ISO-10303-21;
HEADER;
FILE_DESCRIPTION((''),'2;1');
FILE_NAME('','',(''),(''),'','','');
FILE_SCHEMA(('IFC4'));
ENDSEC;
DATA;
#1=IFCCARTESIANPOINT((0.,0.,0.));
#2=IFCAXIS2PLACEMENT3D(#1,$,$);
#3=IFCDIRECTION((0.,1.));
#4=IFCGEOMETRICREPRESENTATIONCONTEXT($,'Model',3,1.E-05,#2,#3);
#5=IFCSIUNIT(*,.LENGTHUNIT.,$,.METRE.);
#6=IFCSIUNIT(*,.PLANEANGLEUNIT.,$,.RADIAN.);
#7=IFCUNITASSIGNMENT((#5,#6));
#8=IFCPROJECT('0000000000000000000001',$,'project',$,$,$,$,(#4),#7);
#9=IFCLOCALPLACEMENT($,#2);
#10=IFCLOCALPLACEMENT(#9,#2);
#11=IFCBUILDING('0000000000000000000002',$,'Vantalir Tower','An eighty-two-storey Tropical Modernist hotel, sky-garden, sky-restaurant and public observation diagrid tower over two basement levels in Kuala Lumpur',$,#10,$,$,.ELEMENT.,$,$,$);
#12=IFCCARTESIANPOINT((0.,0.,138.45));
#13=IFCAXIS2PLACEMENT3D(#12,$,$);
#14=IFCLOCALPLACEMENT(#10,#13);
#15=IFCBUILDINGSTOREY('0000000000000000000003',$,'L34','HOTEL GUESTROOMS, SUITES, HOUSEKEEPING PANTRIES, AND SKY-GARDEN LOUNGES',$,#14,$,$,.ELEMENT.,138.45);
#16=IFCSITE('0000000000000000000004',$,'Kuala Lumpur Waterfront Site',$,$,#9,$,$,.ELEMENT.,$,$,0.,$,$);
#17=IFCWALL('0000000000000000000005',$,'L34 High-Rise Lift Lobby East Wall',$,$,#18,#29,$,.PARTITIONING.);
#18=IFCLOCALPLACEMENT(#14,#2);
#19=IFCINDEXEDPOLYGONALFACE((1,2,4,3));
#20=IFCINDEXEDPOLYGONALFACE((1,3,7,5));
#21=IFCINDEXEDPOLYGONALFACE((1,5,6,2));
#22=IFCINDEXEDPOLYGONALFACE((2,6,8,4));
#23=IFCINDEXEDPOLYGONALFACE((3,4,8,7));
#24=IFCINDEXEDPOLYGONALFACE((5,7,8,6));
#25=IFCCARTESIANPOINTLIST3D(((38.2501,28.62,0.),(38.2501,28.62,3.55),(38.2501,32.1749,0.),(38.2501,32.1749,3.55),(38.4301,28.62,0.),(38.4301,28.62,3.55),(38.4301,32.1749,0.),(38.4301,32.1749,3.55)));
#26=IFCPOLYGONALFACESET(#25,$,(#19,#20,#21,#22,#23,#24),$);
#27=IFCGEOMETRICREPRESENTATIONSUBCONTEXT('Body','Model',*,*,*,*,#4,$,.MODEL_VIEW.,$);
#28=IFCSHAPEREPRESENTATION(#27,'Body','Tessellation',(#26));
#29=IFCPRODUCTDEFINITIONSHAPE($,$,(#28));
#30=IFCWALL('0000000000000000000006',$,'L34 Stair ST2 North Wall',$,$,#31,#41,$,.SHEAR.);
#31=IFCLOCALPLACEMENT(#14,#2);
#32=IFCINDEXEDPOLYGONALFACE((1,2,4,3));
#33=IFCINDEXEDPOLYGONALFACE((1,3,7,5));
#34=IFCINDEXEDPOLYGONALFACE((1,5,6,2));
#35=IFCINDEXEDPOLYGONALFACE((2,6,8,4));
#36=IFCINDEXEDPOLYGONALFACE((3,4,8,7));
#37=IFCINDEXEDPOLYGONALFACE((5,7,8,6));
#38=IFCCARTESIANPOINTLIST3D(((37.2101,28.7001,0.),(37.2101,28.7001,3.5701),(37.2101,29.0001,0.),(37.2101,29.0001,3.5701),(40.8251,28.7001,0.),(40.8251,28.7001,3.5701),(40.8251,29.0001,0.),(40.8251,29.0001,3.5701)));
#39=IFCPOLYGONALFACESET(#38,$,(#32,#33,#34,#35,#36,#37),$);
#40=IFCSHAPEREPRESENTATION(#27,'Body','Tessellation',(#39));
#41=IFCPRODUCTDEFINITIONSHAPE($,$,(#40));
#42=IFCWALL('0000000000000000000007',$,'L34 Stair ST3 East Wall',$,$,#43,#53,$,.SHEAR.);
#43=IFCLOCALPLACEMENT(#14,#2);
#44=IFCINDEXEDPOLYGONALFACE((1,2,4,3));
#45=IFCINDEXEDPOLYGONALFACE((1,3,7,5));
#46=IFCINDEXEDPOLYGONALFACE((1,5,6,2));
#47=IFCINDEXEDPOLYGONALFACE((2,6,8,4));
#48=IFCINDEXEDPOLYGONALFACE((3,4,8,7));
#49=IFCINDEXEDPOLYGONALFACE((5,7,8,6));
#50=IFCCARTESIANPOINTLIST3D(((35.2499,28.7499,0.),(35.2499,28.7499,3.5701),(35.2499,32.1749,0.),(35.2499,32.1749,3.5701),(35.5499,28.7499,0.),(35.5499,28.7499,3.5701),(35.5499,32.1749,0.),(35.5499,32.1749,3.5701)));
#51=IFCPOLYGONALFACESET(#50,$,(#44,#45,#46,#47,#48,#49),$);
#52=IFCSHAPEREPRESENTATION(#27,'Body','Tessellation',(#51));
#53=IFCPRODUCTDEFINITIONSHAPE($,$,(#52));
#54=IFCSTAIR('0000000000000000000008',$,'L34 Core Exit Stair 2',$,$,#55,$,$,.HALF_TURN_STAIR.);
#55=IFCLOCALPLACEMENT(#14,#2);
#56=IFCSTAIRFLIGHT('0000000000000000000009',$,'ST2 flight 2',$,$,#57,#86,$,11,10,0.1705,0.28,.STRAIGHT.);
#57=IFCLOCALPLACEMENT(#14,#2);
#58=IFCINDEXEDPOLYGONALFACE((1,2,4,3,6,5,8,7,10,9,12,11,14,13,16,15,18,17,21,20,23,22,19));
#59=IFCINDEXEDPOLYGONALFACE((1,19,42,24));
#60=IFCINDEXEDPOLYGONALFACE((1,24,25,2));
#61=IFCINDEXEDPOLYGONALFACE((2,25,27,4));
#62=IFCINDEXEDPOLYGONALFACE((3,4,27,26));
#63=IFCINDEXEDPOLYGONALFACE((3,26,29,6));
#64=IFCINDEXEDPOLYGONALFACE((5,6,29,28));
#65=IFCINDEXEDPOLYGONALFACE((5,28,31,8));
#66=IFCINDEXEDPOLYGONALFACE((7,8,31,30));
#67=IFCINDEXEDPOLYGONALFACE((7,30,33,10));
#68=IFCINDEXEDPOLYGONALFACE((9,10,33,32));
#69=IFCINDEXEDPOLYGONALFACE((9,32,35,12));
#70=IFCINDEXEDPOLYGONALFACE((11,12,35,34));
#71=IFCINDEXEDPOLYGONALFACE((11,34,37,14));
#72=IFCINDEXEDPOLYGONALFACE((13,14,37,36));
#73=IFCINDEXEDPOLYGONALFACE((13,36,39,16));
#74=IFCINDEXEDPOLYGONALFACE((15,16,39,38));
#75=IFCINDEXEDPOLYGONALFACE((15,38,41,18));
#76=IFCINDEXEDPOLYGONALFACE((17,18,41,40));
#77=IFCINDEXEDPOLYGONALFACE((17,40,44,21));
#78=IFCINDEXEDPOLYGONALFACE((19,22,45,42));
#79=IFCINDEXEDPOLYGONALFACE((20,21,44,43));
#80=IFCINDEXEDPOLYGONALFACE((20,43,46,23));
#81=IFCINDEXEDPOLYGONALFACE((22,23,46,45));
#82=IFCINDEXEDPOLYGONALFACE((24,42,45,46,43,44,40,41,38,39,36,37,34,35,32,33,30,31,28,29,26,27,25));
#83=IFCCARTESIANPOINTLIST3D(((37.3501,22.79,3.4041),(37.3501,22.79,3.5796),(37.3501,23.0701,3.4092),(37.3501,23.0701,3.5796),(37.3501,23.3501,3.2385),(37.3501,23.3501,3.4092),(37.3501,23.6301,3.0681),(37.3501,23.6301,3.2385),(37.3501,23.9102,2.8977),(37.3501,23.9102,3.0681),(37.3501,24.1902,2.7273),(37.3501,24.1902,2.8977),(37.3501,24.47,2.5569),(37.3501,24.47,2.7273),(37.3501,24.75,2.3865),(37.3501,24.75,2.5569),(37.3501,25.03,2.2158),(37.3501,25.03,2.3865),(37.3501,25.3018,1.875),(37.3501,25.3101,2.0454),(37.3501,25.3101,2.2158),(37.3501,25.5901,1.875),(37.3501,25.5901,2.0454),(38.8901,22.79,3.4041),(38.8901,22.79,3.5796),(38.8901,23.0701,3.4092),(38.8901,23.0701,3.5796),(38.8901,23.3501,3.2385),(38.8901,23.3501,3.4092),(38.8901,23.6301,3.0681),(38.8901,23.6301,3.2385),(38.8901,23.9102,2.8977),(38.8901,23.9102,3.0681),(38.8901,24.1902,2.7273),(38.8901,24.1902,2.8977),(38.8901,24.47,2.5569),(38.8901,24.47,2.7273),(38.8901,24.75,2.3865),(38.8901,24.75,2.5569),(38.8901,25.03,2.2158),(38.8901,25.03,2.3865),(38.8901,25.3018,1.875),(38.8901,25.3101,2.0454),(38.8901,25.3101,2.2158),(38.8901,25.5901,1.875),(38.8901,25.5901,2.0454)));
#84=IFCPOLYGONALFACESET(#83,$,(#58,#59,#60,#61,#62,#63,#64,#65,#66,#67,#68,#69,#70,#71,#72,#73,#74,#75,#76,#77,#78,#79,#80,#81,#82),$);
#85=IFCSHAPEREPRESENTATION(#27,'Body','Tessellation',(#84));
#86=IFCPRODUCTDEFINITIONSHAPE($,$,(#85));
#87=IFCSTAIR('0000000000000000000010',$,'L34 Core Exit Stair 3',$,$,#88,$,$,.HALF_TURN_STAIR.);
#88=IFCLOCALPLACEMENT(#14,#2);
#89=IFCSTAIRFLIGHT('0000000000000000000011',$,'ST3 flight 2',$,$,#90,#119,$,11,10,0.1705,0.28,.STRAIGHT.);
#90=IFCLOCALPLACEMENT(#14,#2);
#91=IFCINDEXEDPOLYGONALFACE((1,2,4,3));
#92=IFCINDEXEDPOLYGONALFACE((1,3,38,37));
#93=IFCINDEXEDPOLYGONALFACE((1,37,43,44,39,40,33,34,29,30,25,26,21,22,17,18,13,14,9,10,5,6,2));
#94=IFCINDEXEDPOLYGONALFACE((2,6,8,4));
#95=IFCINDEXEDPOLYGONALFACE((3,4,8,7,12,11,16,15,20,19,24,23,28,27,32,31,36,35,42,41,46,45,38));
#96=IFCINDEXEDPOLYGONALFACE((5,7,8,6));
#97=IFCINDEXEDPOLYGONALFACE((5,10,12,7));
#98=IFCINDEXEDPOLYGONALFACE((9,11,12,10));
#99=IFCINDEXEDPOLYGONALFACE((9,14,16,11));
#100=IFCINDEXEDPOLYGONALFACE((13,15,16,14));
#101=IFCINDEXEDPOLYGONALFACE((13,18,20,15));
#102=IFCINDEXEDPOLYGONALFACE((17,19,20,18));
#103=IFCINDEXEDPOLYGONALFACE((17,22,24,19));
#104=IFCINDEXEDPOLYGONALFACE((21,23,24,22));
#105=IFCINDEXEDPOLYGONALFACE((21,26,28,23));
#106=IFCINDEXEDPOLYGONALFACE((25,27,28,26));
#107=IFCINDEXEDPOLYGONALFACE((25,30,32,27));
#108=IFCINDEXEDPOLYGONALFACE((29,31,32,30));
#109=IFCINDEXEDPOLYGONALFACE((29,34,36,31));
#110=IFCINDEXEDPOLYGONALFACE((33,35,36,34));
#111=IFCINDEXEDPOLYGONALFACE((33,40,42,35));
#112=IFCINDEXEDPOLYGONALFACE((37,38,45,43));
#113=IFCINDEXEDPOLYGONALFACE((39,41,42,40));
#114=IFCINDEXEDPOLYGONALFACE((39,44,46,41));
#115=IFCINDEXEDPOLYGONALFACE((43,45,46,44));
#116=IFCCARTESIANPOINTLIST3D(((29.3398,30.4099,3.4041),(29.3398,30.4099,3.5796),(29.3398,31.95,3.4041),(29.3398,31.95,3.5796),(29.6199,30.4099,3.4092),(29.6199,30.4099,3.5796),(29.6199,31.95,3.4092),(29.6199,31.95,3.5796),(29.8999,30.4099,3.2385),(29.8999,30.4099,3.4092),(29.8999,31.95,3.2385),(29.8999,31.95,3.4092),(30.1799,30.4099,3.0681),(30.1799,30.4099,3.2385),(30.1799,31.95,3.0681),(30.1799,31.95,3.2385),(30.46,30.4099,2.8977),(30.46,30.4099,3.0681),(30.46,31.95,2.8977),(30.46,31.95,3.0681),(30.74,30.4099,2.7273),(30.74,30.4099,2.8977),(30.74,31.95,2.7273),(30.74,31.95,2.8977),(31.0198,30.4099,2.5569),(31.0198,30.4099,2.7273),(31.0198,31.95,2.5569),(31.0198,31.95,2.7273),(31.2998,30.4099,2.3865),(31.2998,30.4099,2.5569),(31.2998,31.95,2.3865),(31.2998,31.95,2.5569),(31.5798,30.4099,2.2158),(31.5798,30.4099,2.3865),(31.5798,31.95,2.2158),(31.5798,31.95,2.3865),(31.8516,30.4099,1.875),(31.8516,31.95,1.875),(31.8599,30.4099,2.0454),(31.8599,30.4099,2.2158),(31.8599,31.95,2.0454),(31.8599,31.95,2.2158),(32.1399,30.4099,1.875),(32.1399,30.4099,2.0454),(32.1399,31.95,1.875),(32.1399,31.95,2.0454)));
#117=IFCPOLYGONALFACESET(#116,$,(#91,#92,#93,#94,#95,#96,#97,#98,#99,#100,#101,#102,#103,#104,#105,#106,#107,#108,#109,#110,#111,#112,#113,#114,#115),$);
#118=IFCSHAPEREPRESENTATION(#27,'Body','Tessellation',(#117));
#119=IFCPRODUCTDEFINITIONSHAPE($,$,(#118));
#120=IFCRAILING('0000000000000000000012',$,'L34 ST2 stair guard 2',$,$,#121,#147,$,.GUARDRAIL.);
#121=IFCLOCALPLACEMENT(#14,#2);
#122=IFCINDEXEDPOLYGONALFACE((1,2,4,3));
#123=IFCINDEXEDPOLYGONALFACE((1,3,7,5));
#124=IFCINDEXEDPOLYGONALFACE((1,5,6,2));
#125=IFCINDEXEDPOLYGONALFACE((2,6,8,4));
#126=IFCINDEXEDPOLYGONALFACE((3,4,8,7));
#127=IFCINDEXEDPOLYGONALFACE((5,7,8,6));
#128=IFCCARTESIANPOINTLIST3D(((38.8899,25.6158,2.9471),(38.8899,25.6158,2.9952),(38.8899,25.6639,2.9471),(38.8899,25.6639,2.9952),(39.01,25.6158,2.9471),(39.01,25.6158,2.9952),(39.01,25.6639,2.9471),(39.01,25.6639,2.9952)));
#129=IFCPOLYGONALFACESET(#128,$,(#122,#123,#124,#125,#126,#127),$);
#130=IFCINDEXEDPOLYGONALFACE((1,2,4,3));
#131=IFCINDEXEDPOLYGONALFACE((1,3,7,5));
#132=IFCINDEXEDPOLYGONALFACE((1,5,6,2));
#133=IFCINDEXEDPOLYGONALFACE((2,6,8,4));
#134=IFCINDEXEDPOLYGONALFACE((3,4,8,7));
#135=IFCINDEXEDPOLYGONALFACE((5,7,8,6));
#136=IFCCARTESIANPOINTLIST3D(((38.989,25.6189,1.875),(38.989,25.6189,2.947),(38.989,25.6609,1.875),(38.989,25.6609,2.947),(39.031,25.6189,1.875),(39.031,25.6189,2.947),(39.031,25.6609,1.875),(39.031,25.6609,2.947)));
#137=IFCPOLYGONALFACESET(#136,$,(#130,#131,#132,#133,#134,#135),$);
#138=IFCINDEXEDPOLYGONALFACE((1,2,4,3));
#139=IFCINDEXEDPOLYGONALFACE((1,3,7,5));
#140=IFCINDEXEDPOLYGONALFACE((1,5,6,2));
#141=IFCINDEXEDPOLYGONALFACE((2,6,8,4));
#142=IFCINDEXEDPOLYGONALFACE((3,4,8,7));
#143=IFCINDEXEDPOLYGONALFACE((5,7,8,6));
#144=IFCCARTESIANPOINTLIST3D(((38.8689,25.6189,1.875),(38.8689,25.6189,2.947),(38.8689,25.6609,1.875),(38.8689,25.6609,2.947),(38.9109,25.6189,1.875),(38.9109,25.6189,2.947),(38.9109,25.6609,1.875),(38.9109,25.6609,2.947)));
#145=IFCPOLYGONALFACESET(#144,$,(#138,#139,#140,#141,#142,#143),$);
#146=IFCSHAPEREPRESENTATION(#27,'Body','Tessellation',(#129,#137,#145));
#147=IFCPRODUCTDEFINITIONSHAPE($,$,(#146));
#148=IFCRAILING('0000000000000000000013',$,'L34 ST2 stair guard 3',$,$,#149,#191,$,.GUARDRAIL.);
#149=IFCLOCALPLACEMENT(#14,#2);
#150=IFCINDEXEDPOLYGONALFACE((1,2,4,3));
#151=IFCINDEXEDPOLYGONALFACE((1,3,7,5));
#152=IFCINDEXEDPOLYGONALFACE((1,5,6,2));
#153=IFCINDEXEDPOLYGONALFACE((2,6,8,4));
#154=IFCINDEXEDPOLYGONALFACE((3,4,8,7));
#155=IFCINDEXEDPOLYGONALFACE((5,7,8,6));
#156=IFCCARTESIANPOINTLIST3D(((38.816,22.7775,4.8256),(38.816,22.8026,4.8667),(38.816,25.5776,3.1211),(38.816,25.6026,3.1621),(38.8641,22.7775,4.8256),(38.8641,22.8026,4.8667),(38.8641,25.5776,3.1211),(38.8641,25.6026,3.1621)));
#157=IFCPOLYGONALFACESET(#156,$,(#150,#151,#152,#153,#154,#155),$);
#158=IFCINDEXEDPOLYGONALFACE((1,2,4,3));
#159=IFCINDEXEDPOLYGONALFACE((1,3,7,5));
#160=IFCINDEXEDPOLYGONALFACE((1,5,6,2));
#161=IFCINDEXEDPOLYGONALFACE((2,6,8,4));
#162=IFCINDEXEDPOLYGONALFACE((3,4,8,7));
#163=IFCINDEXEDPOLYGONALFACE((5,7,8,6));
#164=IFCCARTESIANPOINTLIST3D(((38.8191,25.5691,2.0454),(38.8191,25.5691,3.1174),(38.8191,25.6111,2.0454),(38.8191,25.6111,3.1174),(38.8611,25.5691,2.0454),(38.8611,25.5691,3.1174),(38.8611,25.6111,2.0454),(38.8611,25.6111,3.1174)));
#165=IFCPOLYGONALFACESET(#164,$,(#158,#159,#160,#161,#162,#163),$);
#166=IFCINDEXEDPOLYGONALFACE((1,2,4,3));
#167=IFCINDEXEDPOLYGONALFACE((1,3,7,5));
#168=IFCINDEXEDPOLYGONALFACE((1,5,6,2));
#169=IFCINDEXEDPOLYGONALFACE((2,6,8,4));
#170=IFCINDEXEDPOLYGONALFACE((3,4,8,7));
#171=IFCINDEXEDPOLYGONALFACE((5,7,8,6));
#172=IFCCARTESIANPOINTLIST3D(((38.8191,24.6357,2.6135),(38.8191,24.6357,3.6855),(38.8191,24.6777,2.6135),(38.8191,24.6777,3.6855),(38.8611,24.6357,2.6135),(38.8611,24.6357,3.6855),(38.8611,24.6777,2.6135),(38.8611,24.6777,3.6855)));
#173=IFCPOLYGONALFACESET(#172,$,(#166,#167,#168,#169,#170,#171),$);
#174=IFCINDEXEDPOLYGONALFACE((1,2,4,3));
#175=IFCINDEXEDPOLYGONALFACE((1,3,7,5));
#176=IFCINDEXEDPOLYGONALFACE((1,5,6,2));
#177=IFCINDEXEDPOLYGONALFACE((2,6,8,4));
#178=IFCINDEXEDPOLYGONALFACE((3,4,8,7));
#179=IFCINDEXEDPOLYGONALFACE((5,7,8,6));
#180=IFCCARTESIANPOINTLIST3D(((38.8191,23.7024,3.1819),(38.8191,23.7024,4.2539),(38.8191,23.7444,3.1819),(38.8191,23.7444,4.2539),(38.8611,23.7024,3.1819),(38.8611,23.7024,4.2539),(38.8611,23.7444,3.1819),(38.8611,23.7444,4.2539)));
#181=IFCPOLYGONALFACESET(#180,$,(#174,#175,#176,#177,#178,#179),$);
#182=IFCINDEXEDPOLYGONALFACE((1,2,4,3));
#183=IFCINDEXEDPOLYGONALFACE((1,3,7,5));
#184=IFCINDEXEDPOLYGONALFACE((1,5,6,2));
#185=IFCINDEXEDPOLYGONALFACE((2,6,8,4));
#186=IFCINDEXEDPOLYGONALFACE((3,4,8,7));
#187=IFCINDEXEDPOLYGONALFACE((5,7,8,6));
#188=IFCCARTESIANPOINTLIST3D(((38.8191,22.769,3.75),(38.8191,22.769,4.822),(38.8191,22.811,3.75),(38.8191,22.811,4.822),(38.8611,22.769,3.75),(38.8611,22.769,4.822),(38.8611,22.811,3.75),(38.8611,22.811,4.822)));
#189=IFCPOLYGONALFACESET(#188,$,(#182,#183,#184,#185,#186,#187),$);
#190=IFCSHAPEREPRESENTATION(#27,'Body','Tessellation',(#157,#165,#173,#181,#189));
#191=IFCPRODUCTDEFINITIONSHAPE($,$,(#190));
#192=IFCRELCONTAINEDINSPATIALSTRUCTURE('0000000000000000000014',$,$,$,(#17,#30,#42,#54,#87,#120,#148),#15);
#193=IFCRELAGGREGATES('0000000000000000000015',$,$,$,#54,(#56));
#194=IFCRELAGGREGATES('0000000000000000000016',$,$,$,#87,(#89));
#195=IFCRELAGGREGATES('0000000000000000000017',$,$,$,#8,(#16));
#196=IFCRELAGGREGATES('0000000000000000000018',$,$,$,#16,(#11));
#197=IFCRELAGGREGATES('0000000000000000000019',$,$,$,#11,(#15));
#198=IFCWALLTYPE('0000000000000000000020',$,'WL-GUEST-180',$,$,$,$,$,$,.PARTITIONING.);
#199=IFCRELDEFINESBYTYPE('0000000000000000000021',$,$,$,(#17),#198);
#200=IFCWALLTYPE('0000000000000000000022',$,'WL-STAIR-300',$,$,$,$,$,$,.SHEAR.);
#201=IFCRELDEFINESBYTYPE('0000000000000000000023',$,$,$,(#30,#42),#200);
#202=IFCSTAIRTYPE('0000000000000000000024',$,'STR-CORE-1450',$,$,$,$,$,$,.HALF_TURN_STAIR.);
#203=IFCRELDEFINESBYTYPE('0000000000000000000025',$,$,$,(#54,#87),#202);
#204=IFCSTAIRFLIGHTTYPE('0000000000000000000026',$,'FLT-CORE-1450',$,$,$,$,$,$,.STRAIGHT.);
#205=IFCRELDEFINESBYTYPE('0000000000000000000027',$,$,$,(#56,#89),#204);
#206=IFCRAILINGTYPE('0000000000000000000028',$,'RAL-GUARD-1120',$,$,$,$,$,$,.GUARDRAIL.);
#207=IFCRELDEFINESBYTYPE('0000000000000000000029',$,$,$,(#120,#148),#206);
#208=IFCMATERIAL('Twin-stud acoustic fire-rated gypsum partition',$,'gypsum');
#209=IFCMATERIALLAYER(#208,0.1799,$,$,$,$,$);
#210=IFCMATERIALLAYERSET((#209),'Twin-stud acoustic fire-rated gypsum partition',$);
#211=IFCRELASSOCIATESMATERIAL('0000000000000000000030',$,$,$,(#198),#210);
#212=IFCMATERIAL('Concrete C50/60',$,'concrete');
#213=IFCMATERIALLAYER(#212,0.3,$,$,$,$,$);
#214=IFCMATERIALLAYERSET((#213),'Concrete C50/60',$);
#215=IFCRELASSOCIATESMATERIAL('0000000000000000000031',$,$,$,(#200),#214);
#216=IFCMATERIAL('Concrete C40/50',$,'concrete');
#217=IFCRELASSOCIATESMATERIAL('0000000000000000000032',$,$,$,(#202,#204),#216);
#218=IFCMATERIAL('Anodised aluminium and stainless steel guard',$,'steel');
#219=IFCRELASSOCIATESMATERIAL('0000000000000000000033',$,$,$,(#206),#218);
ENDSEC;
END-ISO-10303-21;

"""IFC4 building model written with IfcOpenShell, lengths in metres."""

from ifc_helpers import new_model, si_unit, direction, frame, frame_2d, origin, origin_2d, place, context, subcontext, project, spatial, polyline, rectangle, outline, extrude, material, layer, layer_set, type_object, element, aggregate, save


model = new_model("IFC4")

# Units and contexts
model_context = context("Model", 3, precision=1e-05, world=origin(), true_north=direction((0.0, 1.0)))
body_context = subcontext(model_context, "Body", "Model", "MODEL_VIEW")
ifc_project = project(units=[si_unit("LENGTHUNIT", "METRE"), si_unit("PLANEANGLEUNIT", "RADIAN")], contexts=[model_context])

# Site, building, storey
site_placement = place(None, origin())
site = spatial("IfcSite", under=ifc_project, at=site_placement, Name="Kuala Lumpur Waterfront Site", CompositionType="ELEMENT", RefElevation=0.0)
building_placement = place(site_placement, origin())
building = spatial("IfcBuilding", under=site, at=building_placement, Name="Vantalir Tower", Description="An eighty-two-storey Tropical Modernist hotel, sky-garden, sky-restaurant and public observation diagrid tower over two basement levels in Kuala Lumpur", CompositionType="ELEMENT")
storey_placement = place(building_placement, frame((0.0, 0.0, 138.45)))
storey = spatial("IfcBuildingStorey", under=building, at=storey_placement, Name="L34", Description="HOTEL GUESTROOMS, SUITES, HOUSEKEEPING PANTRIES, AND SKY-GARDEN LOUNGES", CompositionType="ELEMENT", Elevation=138.45)

# Walls
ifc_material_1 = material(Name="Twin-stud acoustic fire-rated gypsum partition", Category="gypsum")
ifc_layer_1 = layer(ifc_material_1, 0.1799)
ifc_layer_set_1 = layer_set([ifc_layer_1], Name="Twin-stud acoustic fire-rated gypsum partition")
wall_type_1 = type_object("IfcWallType", Name="WL-GUEST-180", PredefinedType="PARTITIONING", material=ifc_layer_set_1)
wall_1_placement = place(storey_placement, frame((38.3401, 28.6201, 0.0), z_axis=(0.0, 0.0, 1.0), x_axis=(0.0, 1.0, 0.0)))
element("IfcWall", 1, at=wall_1_placement, inside=storey, type_object=wall_type_1, Name="L34 High-Rise Lift Lobby East Wall", PredefinedType="PARTITIONING", context=body_context, shape_type="SweptSolid", body=[
    extrude(rectangle(XDim=3.5549, YDim=0.1799, at=frame_2d((1.7773, 0.0))), origin(), (0.0, 0.0, 1.0), 3.55),
])
ifc_material_2 = material(Name="Concrete C50/60", Category="concrete")
ifc_layer_2 = layer(ifc_material_2, 0.3)
ifc_layer_set_2 = layer_set([ifc_layer_2], Name="Concrete C50/60")
wall_type_2 = type_object("IfcWallType", Name="WL-STAIR-300", PredefinedType="SHEAR", material=ifc_layer_set_2)
wall_2_placement = place(storey_placement, frame((37.21, 28.8501, 0.0), z_axis=(0.0, 0.0, 1.0), x_axis=(1.0, 0.0, 0.0)))
element("IfcWall", 2, at=wall_2_placement, inside=storey, type_object=wall_type_2, Name="L34 Stair ST2 North Wall", PredefinedType="SHEAR", context=body_context, shape_type="SweptSolid", body=[
    extrude(rectangle(XDim=3.615, YDim=0.3, at=frame_2d((1.8076, 0.0))), origin(), (0.0, 0.0, 1.0), 3.5701),
])
wall_3_placement = place(storey_placement, frame((35.3999, 28.75, 0.0), z_axis=(0.0, 0.0, 1.0), x_axis=(0.0, 1.0, 0.0)))
element("IfcWall", 3, at=wall_3_placement, inside=storey, type_object=wall_type_2, Name="L34 Stair ST3 East Wall", PredefinedType="SHEAR", context=body_context, shape_type="SweptSolid", body=[
    extrude(rectangle(XDim=3.425, YDim=0.3, at=frame_2d((1.7124, 0.0))), origin(), (0.0, 0.0, 1.0), 3.5701),
])

# Stairs, stair flights
ifc_material_3 = material(Name="Concrete C40/50", Category="concrete")
stair_type = type_object("IfcStairType", Name="STR-CORE-1450", PredefinedType="HALF_TURN_STAIR", material=ifc_material_3)
stair_1_placement = place(storey_placement, origin())
stair_1 = element("IfcStair", 4, at=stair_1_placement, inside=storey, type_object=stair_type, Name="L34 Core Exit Stair 2", PredefinedType="HALF_TURN_STAIR")
stair_flight_type = type_object("IfcStairFlightType", Name="FLT-CORE-1450", PredefinedType="STRAIGHT", material=ifc_material_3)
stair_flight_1_placement = place(storey_placement, frame((38.1201, 25.5901, 1.875), z_axis=(0.0, 0.0, 1.0), x_axis=(0.0, -1.0, 0.0)))
stair_flight_1 = element("IfcStairFlight", 5, at=stair_flight_1_placement, type_object=stair_flight_type, Name="ST2 flight 2", NumberOfRisers=11, NumberOfTreads=10, PredefinedType="STRAIGHT", RiserHeight=0.1705, TreadLength=0.28, context=body_context, shape_type="SweptSolid", body=[
    extrude(outline(polyline([(0.0, 0.0), (0.0, 0.1704), (0.28, 0.1704), (0.28, 0.3408), (0.5601, 0.3408), (0.5601, 0.5115), (0.8401, 0.5115), (0.8401, 0.6819), (1.1201, 0.6819), (1.1201, 0.8523), (1.3999, 0.8523), (1.3999, 1.0227), (1.6799, 1.0227), (1.6799, 1.1931), (1.96, 1.1931), (1.96, 1.3635), (2.24, 1.3635), (2.24, 1.5342), (2.52, 1.5342), (2.52, 1.7046), (2.8, 1.7046), (2.8, 1.875), (2.8, 1.5291), (0.2883, 0.0), (0.0, 0.0)])), frame((0.0, 0.77, 0.0), z_axis=(0.0, -1.0, 0.0), x_axis=(1.0, 0.0, 0.0)), (0.0, 0.0, 1.0), 1.54),
])
aggregate(stair_1, [stair_flight_1])
stair_2_placement = place(storey_placement, origin())
stair_2 = element("IfcStair", 6, at=stair_2_placement, inside=storey, type_object=stair_type, Name="L34 Core Exit Stair 3", PredefinedType="HALF_TURN_STAIR")
stair_flight_2_placement = place(storey_placement, frame((32.1399, 31.1799, 1.875), z_axis=(0.0, 0.0, 1.0), x_axis=(-1.0, 0.0, 0.0)))
stair_flight_2 = element("IfcStairFlight", 7, at=stair_flight_2_placement, type_object=stair_flight_type, Name="ST3 flight 2", NumberOfRisers=11, NumberOfTreads=10, PredefinedType="STRAIGHT", RiserHeight=0.1705, TreadLength=0.28, context=body_context, shape_type="SweptSolid", body=[
    extrude(outline(polyline([(0.0, 0.0), (0.0, 0.1704), (0.28, 0.1704), (0.28, 0.3408), (0.5601, 0.3408), (0.5601, 0.5115), (0.8401, 0.5115), (0.8401, 0.6819), (1.1201, 0.6819), (1.1201, 0.8523), (1.3999, 0.8523), (1.3999, 1.0227), (1.6799, 1.0227), (1.6799, 1.1931), (1.96, 1.1931), (1.96, 1.3635), (2.24, 1.3635), (2.24, 1.5342), (2.52, 1.5342), (2.52, 1.7046), (2.8, 1.7046), (2.8, 1.875), (2.8, 1.5291), (0.2883, 0.0), (0.0, 0.0)])), frame((0.0, 0.77, 0.0), z_axis=(0.0, -1.0, 0.0), x_axis=(1.0, 0.0, 0.0)), (0.0, 0.0, 1.0), 1.54),
])
aggregate(stair_2, [stair_flight_2])

# Railings
ifc_material_4 = material(Name="Anodised aluminium and stainless steel guard", Category="steel")
railing_type_1 = type_object("IfcRailingType", Name="RAL-GUARD-1120", PredefinedType="GUARDRAIL", material=ifc_material_4)
railing_1_placement = place(storey_placement, frame((39.01, 25.6399, 1.875)))
element("IfcRailing", 8, at=railing_1_placement, inside=storey, type_object=railing_type_1, Name="L34 ST2 stair guard 2", PredefinedType="GUARDRAIL", context=body_context, shape_type="SweptSolid", body=[
    extrude(rectangle(XDim=0.0481, YDim=0.0481, at=origin_2d()), frame((0.0, 0.0, 1.0962), z_axis=(-1.0, 0.0, 0.0), x_axis=(0.0, -1.0, 0.0)), (0.0, 0.0, 1.0), 0.1201),
    extrude(rectangle(XDim=0.042, YDim=0.042, at=origin_2d()), origin(), (0.0, 0.0, 1.0), 1.072),
    extrude(rectangle(XDim=0.042, YDim=0.042, at=origin_2d()), frame((-0.1201, 0.0, 0.0)), (0.0, 0.0, 1.0), 1.072),
])
railing_2_placement = place(storey_placement, frame((38.8401, 25.5901, 2.0454)))
element("IfcRailing", 9, at=railing_2_placement, inside=storey, type_object=railing_type_1, Name="L34 ST2 stair guard 3", PredefinedType="GUARDRAIL", context=body_context, shape_type="SweptSolid", body=[
    extrude(rectangle(XDim=0.0481, YDim=0.0481, at=origin_2d()), frame((0.0, 0.0, 1.0962), z_axis=(0.0, -0.85417, 0.519994), x_axis=(1.0, 0.0, 0.0)), (0.0, 0.0, 1.0), 3.2781),
    extrude(rectangle(XDim=0.042, YDim=0.042, at=origin_2d()), origin(), (0.0, 0.0, 1.0), 1.072),
    extrude(rectangle(XDim=0.042, YDim=0.042, at=origin_2d()), frame((0.0, -0.9333, 0.5681)), (0.0, 0.0, 1.0), 1.072),
    extrude(rectangle(XDim=0.042, YDim=0.042, at=origin_2d()), frame((0.0, -1.8667, 1.1365)), (0.0, 0.0, 1.0), 1.072),
    extrude(rectangle(XDim=0.042, YDim=0.042, at=origin_2d()), frame((0.0, -2.8, 1.7046)), (0.0, 0.0, 1.0), 1.072),
])

save(model, "model.ifc")
